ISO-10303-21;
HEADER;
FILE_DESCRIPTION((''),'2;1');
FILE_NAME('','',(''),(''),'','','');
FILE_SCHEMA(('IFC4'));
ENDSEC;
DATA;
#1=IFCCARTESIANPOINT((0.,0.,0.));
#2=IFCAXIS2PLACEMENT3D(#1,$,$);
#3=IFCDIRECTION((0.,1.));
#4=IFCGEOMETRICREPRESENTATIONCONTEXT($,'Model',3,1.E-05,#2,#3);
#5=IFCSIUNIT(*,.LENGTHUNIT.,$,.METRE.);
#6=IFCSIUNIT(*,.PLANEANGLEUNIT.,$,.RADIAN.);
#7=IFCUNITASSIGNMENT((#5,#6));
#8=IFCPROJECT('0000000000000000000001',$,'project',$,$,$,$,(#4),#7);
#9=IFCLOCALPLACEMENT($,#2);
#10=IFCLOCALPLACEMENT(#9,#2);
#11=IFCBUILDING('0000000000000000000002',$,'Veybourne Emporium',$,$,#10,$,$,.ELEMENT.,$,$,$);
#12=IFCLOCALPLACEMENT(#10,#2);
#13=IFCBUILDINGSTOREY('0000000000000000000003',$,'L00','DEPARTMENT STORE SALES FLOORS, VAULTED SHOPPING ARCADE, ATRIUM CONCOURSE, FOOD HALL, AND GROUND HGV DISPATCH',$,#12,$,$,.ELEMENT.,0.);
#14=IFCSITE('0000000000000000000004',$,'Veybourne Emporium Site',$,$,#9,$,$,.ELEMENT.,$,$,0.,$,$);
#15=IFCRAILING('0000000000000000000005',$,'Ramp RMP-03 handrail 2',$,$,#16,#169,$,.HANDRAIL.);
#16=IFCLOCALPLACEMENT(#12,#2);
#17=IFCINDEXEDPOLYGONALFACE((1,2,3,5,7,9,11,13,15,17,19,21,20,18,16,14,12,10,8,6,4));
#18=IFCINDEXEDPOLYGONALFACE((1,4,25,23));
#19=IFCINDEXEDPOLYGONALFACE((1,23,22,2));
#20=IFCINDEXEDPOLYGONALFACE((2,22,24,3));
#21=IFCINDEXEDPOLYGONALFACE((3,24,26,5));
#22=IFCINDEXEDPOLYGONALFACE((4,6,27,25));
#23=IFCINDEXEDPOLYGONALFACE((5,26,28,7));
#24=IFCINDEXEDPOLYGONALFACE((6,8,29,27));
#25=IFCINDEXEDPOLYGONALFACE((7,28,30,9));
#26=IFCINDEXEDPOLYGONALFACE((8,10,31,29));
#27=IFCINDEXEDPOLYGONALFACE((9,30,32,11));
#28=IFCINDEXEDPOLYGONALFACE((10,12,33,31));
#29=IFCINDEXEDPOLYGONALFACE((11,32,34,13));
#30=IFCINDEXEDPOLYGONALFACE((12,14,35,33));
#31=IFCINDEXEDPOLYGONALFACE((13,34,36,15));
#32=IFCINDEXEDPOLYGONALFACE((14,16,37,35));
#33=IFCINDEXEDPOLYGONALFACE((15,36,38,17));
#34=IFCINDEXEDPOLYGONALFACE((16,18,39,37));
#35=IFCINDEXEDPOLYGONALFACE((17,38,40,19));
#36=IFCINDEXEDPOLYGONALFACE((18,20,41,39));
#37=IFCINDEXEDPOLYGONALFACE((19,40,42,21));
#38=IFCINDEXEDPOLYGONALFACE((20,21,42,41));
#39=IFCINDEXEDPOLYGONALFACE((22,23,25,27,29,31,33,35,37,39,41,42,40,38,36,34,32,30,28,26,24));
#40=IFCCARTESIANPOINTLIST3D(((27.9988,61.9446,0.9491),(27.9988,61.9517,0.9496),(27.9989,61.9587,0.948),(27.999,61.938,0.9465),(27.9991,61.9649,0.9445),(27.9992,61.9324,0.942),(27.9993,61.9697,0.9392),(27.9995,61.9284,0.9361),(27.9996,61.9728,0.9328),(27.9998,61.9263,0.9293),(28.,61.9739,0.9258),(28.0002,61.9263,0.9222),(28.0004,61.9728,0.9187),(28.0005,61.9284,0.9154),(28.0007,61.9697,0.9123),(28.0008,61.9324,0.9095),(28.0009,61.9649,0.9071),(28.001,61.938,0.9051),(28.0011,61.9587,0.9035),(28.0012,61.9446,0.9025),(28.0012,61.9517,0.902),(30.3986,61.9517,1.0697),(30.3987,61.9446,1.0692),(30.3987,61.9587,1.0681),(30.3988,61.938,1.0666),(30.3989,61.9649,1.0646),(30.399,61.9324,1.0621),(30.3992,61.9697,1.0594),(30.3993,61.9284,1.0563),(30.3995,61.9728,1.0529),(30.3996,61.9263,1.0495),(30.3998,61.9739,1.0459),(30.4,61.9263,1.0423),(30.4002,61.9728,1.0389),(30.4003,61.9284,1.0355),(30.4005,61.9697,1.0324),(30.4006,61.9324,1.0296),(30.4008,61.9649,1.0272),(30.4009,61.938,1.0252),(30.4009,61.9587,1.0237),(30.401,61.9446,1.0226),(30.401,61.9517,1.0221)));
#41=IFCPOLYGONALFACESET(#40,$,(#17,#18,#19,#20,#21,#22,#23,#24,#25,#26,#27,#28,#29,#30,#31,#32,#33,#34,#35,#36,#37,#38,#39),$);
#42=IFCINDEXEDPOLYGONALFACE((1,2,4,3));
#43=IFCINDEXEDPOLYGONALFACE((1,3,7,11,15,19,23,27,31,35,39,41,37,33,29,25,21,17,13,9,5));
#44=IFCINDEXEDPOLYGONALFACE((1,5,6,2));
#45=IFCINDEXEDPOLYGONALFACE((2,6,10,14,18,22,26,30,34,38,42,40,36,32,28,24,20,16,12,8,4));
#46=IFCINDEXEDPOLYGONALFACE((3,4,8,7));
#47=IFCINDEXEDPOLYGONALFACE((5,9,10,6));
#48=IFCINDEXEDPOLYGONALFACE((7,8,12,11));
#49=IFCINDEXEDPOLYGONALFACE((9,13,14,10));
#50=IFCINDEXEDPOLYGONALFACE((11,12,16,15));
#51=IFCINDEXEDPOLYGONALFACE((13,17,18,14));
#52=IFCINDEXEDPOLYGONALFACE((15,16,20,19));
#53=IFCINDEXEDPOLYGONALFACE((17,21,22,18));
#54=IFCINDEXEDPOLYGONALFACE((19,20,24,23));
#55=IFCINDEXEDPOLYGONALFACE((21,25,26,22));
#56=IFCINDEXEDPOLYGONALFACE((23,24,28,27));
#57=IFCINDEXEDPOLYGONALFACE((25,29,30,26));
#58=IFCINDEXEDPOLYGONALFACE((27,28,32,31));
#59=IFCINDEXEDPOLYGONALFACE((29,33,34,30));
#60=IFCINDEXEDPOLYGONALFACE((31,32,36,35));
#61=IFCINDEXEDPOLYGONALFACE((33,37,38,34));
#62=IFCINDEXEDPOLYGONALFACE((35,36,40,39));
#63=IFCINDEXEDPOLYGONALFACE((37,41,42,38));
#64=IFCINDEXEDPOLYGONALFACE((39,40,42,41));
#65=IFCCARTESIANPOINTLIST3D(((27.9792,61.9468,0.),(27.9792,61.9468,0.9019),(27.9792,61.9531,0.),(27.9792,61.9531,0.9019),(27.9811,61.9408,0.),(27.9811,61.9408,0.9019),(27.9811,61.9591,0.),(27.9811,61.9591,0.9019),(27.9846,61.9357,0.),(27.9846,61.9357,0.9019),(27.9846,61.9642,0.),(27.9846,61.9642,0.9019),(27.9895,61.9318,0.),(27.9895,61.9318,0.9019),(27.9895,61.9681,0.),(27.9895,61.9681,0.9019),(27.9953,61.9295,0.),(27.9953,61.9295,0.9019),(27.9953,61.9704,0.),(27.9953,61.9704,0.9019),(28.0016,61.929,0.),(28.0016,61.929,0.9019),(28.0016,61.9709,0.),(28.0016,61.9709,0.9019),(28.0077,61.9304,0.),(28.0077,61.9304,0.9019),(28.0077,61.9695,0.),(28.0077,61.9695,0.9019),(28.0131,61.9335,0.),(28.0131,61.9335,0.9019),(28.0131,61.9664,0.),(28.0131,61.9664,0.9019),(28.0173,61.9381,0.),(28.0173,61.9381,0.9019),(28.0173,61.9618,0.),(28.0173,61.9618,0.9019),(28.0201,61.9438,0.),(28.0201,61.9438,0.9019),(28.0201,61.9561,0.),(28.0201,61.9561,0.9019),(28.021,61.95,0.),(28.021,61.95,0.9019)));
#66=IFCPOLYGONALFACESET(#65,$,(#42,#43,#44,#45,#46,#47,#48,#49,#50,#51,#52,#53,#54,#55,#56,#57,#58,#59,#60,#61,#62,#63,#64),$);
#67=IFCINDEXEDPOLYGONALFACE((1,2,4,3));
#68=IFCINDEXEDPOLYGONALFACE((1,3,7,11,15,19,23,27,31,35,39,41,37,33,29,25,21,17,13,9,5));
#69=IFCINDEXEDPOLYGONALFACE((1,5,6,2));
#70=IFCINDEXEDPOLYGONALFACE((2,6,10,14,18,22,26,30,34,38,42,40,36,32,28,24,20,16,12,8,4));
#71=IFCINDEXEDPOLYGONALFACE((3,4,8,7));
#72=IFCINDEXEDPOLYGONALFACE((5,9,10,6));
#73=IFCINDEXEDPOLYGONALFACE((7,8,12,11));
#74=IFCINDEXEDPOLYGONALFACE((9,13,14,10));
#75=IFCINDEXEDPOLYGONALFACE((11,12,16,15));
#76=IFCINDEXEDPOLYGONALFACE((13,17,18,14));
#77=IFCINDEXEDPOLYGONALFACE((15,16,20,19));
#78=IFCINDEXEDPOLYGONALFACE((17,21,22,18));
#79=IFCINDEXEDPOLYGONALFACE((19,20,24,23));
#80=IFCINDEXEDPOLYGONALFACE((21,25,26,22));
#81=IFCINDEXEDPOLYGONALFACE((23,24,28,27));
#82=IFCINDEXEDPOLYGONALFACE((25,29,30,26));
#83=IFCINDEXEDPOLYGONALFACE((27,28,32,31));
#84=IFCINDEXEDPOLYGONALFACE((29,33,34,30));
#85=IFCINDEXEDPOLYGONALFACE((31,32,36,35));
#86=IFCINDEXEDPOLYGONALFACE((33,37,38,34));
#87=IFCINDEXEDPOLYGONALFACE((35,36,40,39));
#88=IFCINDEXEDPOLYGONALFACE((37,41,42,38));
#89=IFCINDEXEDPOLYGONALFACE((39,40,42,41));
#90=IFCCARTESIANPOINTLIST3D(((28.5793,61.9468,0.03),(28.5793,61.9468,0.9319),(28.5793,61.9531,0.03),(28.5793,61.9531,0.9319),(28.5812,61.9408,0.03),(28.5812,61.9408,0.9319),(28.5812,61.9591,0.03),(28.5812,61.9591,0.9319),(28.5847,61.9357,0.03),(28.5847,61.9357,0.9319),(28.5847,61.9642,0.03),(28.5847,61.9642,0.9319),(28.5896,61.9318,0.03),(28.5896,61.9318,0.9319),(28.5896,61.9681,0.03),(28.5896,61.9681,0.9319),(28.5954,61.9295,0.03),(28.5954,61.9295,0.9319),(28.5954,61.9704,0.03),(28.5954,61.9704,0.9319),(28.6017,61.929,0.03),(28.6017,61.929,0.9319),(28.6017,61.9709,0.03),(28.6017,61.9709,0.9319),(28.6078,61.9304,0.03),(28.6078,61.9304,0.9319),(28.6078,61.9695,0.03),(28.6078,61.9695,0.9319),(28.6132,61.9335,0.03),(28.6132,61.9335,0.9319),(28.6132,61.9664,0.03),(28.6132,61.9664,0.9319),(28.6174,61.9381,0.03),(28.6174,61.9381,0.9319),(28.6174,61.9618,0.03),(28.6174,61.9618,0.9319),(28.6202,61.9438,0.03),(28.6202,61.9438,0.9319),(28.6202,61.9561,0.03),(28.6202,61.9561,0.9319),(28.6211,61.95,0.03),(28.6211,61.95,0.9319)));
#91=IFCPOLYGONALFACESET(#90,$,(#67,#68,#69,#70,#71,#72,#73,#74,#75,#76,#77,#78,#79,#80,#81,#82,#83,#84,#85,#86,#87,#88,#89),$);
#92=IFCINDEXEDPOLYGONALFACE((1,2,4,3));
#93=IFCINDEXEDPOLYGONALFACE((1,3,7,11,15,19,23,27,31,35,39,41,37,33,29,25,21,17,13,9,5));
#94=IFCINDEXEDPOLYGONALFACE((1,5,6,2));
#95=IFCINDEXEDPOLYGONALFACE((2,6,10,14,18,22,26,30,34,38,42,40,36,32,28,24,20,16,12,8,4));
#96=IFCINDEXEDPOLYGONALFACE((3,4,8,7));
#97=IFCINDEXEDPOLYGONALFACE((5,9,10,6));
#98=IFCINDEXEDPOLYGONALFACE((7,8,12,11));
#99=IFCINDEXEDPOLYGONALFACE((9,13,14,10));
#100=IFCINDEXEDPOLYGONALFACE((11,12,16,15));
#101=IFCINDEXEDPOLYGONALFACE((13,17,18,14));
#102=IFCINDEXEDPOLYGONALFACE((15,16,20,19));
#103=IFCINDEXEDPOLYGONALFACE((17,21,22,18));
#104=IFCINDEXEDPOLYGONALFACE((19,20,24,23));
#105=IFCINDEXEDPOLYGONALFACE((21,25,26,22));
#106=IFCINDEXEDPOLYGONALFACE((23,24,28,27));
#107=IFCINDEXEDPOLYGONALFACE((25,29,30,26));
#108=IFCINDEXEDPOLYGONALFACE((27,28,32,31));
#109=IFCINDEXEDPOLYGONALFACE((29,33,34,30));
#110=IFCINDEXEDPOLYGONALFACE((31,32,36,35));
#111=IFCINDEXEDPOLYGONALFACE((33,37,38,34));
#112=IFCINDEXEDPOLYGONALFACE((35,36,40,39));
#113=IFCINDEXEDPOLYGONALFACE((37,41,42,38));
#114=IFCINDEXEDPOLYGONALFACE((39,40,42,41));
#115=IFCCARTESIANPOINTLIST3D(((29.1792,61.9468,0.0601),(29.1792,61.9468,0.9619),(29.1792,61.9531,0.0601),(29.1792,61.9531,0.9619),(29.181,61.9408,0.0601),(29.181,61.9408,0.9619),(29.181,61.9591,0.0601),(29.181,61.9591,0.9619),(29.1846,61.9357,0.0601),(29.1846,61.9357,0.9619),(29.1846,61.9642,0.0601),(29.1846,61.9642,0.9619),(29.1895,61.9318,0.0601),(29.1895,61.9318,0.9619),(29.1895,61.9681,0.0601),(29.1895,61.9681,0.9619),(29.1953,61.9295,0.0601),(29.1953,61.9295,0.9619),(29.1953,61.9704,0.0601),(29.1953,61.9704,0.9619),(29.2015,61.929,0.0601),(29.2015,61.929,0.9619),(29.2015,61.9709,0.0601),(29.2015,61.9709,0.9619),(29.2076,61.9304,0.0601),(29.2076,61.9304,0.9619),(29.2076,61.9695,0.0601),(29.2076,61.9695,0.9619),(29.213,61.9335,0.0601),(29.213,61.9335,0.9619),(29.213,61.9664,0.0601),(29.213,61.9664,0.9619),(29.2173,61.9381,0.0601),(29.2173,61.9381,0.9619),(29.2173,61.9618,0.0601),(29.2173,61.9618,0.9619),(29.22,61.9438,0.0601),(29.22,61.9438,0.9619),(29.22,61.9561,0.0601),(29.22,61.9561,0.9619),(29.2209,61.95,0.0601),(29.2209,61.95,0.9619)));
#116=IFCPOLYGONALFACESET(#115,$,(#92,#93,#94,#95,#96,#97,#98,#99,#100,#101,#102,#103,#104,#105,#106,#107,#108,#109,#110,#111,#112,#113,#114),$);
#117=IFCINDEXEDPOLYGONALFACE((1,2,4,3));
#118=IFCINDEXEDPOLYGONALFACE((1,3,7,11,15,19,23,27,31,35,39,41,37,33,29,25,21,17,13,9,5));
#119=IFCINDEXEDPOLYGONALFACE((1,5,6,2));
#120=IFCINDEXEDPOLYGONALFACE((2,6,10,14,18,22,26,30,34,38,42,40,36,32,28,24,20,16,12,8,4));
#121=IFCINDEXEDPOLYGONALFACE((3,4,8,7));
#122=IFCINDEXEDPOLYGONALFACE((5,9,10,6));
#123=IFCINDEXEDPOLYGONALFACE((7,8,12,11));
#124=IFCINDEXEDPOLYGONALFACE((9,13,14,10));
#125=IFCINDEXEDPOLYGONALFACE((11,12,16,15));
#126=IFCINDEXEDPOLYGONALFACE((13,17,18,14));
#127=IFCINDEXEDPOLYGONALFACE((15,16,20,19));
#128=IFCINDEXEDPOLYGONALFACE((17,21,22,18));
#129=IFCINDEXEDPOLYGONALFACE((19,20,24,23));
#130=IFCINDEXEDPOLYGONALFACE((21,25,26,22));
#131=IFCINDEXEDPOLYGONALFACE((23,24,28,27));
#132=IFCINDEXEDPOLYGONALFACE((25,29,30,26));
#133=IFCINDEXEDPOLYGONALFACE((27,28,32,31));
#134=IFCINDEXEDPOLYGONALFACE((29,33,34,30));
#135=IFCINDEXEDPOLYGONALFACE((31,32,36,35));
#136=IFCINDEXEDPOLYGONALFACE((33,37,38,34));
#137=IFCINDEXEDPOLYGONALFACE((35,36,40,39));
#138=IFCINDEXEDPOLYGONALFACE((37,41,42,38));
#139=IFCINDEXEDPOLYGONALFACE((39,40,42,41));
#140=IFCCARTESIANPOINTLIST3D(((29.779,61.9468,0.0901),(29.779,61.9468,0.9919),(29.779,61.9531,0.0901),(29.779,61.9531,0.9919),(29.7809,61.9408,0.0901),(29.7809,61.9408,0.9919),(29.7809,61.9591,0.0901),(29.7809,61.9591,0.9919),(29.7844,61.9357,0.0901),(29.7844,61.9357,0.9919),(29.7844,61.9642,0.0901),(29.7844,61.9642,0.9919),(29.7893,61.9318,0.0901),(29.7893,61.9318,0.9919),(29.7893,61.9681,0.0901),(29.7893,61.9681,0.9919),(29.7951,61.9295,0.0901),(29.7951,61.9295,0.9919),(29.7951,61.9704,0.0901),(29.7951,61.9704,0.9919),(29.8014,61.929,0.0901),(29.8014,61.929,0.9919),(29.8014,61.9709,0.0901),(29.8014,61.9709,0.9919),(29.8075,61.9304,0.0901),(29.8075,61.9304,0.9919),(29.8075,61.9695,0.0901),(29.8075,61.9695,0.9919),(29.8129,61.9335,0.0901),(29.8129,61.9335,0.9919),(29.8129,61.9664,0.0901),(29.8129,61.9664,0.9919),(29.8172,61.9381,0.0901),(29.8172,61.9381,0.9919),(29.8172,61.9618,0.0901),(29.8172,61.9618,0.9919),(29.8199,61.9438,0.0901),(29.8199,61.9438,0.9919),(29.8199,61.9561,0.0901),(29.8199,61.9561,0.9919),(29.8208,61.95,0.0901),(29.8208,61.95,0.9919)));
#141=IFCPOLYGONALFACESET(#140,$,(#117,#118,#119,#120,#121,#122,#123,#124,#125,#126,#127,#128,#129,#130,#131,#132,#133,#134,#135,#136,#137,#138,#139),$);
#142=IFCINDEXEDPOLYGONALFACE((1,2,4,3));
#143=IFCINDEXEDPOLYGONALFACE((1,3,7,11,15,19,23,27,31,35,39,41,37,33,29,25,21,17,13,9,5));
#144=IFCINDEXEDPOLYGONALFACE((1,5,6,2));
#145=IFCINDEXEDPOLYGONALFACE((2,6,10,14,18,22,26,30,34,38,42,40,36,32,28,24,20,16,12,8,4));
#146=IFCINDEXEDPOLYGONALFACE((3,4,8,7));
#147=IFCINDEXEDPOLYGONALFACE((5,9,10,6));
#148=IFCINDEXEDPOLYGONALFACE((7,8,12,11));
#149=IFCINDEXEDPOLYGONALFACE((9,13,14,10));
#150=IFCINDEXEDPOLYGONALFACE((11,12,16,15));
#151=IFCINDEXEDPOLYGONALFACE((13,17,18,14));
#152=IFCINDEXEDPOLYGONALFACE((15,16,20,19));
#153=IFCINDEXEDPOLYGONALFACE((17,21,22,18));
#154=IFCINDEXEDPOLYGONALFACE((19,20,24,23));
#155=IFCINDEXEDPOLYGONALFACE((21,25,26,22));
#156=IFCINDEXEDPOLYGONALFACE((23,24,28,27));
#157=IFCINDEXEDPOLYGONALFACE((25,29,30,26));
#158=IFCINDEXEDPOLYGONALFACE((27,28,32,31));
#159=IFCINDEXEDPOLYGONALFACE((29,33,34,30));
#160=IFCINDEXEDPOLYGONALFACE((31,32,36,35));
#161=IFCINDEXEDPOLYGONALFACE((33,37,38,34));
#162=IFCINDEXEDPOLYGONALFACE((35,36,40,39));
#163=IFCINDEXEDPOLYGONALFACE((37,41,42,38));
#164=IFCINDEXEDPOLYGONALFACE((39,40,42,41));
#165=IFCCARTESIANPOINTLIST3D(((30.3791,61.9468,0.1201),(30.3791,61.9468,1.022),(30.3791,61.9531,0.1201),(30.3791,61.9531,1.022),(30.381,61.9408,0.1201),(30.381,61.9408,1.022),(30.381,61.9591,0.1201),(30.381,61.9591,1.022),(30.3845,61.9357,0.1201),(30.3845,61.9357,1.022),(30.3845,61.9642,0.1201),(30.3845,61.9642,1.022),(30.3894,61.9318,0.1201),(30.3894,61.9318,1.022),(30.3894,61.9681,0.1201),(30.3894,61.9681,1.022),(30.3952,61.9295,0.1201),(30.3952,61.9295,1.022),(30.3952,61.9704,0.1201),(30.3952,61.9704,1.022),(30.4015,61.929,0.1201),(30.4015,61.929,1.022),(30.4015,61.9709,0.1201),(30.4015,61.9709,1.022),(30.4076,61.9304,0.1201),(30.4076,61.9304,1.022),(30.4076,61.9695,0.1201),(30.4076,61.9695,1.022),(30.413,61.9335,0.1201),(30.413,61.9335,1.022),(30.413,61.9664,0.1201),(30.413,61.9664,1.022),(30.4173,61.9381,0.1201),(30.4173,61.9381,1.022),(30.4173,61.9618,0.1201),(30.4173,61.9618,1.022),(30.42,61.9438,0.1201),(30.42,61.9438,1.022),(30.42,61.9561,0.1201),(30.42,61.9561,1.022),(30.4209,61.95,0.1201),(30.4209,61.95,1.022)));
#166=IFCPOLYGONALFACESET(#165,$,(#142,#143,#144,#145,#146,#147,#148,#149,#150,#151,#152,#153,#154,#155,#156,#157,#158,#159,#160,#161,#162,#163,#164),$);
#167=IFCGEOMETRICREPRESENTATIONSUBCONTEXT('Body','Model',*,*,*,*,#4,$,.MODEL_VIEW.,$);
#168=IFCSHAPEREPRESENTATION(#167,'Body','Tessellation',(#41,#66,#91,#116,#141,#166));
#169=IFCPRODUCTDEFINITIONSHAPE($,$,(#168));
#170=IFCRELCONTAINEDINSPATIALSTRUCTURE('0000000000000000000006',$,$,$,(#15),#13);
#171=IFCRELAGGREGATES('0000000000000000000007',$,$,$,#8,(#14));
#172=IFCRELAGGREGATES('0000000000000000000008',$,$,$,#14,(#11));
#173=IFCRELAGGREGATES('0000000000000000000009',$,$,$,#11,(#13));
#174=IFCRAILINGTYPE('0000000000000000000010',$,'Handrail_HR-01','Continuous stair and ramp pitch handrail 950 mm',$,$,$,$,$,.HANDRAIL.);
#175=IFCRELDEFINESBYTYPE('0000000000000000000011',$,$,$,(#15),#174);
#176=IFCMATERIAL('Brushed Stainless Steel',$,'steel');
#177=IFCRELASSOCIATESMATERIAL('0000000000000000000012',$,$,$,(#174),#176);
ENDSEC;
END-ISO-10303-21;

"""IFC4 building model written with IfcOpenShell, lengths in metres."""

from ifc_helpers import new_model, si_unit, direction, frame, origin, origin_2d, place, context, subcontext, project, spatial, circle, extrude, material, type_object, element, save


model = new_model("IFC4")

# Units and contexts
model_context = context("Model", 3, precision=1e-05, world=origin(), true_north=direction((0.0, 1.0)))
body_context = subcontext(model_context, "Body", "Model", "MODEL_VIEW")
ifc_project = project(units=[si_unit("LENGTHUNIT", "METRE"), si_unit("PLANEANGLEUNIT", "RADIAN")], contexts=[model_context])

# Site, building, storey
site_placement = place(None, origin())
site = spatial("IfcSite", under=ifc_project, at=site_placement, Name="Veybourne Emporium Site", CompositionType="ELEMENT", RefElevation=0.0)
building_placement = place(site_placement, origin())
building = spatial("IfcBuilding", under=site, at=building_placement, Name="Veybourne Emporium", CompositionType="ELEMENT")
storey_placement = place(building_placement, origin())
storey = spatial("IfcBuildingStorey", under=building, at=storey_placement, Name="L00", Description="DEPARTMENT STORE SALES FLOORS, VAULTED SHOPPING ARCADE, ATRIUM CONCOURSE, FOOD HALL, AND GROUND HGV DISPATCH", CompositionType="ELEMENT", Elevation=0.0)

# Railing
ifc_material_1 = material(Name="Brushed Stainless Steel", Category="steel")
railing_type_1 = type_object("IfcRailingType", Name="Handrail_HR-01", Description="Continuous stair and ramp pitch handrail 950 mm", PredefinedType="HANDRAIL", material=ifc_material_1)
for number, where, name in (
    (1, (28.0, 61.95, 0.0), "Ramp RMP-03 handrail 2"),
):
    element("IfcRailing", number, at=place(storey_placement, frame(where)), inside=storey, type_object=railing_type_1, Name=name, PredefinedType="HANDRAIL", context=body_context, shape_type="SweptSolid", body=[
        extrude(circle(Radius=0.0239, at=origin_2d()), frame((0.0, 0.0, 0.9258), z_axis=(0.99875, 0.0, 0.049988), x_axis=(0.0, 1.0, 0.0)), (0.0, 0.0, 1.0), 2.4028),
        extrude(circle(Radius=0.021, at=origin_2d()), origin(), (0.0, 0.0, 1.0), 0.9019),
        extrude(circle(Radius=0.021, at=origin_2d()), frame((0.6001, 0.0, 0.03)), (0.0, 0.0, 1.0), 0.9019),
        extrude(circle(Radius=0.021, at=origin_2d()), frame((1.2, 0.0, 0.0601)), (0.0, 0.0, 1.0), 0.9019),
        extrude(circle(Radius=0.021, at=origin_2d()), frame((1.7998, 0.0, 0.0901)), (0.0, 0.0, 1.0), 0.9019),
        extrude(circle(Radius=0.021, at=origin_2d()), frame((2.3999, 0.0, 0.1201)), (0.0, 0.0, 1.0), 0.9019),
    ])

save(model, "model.ifc")
